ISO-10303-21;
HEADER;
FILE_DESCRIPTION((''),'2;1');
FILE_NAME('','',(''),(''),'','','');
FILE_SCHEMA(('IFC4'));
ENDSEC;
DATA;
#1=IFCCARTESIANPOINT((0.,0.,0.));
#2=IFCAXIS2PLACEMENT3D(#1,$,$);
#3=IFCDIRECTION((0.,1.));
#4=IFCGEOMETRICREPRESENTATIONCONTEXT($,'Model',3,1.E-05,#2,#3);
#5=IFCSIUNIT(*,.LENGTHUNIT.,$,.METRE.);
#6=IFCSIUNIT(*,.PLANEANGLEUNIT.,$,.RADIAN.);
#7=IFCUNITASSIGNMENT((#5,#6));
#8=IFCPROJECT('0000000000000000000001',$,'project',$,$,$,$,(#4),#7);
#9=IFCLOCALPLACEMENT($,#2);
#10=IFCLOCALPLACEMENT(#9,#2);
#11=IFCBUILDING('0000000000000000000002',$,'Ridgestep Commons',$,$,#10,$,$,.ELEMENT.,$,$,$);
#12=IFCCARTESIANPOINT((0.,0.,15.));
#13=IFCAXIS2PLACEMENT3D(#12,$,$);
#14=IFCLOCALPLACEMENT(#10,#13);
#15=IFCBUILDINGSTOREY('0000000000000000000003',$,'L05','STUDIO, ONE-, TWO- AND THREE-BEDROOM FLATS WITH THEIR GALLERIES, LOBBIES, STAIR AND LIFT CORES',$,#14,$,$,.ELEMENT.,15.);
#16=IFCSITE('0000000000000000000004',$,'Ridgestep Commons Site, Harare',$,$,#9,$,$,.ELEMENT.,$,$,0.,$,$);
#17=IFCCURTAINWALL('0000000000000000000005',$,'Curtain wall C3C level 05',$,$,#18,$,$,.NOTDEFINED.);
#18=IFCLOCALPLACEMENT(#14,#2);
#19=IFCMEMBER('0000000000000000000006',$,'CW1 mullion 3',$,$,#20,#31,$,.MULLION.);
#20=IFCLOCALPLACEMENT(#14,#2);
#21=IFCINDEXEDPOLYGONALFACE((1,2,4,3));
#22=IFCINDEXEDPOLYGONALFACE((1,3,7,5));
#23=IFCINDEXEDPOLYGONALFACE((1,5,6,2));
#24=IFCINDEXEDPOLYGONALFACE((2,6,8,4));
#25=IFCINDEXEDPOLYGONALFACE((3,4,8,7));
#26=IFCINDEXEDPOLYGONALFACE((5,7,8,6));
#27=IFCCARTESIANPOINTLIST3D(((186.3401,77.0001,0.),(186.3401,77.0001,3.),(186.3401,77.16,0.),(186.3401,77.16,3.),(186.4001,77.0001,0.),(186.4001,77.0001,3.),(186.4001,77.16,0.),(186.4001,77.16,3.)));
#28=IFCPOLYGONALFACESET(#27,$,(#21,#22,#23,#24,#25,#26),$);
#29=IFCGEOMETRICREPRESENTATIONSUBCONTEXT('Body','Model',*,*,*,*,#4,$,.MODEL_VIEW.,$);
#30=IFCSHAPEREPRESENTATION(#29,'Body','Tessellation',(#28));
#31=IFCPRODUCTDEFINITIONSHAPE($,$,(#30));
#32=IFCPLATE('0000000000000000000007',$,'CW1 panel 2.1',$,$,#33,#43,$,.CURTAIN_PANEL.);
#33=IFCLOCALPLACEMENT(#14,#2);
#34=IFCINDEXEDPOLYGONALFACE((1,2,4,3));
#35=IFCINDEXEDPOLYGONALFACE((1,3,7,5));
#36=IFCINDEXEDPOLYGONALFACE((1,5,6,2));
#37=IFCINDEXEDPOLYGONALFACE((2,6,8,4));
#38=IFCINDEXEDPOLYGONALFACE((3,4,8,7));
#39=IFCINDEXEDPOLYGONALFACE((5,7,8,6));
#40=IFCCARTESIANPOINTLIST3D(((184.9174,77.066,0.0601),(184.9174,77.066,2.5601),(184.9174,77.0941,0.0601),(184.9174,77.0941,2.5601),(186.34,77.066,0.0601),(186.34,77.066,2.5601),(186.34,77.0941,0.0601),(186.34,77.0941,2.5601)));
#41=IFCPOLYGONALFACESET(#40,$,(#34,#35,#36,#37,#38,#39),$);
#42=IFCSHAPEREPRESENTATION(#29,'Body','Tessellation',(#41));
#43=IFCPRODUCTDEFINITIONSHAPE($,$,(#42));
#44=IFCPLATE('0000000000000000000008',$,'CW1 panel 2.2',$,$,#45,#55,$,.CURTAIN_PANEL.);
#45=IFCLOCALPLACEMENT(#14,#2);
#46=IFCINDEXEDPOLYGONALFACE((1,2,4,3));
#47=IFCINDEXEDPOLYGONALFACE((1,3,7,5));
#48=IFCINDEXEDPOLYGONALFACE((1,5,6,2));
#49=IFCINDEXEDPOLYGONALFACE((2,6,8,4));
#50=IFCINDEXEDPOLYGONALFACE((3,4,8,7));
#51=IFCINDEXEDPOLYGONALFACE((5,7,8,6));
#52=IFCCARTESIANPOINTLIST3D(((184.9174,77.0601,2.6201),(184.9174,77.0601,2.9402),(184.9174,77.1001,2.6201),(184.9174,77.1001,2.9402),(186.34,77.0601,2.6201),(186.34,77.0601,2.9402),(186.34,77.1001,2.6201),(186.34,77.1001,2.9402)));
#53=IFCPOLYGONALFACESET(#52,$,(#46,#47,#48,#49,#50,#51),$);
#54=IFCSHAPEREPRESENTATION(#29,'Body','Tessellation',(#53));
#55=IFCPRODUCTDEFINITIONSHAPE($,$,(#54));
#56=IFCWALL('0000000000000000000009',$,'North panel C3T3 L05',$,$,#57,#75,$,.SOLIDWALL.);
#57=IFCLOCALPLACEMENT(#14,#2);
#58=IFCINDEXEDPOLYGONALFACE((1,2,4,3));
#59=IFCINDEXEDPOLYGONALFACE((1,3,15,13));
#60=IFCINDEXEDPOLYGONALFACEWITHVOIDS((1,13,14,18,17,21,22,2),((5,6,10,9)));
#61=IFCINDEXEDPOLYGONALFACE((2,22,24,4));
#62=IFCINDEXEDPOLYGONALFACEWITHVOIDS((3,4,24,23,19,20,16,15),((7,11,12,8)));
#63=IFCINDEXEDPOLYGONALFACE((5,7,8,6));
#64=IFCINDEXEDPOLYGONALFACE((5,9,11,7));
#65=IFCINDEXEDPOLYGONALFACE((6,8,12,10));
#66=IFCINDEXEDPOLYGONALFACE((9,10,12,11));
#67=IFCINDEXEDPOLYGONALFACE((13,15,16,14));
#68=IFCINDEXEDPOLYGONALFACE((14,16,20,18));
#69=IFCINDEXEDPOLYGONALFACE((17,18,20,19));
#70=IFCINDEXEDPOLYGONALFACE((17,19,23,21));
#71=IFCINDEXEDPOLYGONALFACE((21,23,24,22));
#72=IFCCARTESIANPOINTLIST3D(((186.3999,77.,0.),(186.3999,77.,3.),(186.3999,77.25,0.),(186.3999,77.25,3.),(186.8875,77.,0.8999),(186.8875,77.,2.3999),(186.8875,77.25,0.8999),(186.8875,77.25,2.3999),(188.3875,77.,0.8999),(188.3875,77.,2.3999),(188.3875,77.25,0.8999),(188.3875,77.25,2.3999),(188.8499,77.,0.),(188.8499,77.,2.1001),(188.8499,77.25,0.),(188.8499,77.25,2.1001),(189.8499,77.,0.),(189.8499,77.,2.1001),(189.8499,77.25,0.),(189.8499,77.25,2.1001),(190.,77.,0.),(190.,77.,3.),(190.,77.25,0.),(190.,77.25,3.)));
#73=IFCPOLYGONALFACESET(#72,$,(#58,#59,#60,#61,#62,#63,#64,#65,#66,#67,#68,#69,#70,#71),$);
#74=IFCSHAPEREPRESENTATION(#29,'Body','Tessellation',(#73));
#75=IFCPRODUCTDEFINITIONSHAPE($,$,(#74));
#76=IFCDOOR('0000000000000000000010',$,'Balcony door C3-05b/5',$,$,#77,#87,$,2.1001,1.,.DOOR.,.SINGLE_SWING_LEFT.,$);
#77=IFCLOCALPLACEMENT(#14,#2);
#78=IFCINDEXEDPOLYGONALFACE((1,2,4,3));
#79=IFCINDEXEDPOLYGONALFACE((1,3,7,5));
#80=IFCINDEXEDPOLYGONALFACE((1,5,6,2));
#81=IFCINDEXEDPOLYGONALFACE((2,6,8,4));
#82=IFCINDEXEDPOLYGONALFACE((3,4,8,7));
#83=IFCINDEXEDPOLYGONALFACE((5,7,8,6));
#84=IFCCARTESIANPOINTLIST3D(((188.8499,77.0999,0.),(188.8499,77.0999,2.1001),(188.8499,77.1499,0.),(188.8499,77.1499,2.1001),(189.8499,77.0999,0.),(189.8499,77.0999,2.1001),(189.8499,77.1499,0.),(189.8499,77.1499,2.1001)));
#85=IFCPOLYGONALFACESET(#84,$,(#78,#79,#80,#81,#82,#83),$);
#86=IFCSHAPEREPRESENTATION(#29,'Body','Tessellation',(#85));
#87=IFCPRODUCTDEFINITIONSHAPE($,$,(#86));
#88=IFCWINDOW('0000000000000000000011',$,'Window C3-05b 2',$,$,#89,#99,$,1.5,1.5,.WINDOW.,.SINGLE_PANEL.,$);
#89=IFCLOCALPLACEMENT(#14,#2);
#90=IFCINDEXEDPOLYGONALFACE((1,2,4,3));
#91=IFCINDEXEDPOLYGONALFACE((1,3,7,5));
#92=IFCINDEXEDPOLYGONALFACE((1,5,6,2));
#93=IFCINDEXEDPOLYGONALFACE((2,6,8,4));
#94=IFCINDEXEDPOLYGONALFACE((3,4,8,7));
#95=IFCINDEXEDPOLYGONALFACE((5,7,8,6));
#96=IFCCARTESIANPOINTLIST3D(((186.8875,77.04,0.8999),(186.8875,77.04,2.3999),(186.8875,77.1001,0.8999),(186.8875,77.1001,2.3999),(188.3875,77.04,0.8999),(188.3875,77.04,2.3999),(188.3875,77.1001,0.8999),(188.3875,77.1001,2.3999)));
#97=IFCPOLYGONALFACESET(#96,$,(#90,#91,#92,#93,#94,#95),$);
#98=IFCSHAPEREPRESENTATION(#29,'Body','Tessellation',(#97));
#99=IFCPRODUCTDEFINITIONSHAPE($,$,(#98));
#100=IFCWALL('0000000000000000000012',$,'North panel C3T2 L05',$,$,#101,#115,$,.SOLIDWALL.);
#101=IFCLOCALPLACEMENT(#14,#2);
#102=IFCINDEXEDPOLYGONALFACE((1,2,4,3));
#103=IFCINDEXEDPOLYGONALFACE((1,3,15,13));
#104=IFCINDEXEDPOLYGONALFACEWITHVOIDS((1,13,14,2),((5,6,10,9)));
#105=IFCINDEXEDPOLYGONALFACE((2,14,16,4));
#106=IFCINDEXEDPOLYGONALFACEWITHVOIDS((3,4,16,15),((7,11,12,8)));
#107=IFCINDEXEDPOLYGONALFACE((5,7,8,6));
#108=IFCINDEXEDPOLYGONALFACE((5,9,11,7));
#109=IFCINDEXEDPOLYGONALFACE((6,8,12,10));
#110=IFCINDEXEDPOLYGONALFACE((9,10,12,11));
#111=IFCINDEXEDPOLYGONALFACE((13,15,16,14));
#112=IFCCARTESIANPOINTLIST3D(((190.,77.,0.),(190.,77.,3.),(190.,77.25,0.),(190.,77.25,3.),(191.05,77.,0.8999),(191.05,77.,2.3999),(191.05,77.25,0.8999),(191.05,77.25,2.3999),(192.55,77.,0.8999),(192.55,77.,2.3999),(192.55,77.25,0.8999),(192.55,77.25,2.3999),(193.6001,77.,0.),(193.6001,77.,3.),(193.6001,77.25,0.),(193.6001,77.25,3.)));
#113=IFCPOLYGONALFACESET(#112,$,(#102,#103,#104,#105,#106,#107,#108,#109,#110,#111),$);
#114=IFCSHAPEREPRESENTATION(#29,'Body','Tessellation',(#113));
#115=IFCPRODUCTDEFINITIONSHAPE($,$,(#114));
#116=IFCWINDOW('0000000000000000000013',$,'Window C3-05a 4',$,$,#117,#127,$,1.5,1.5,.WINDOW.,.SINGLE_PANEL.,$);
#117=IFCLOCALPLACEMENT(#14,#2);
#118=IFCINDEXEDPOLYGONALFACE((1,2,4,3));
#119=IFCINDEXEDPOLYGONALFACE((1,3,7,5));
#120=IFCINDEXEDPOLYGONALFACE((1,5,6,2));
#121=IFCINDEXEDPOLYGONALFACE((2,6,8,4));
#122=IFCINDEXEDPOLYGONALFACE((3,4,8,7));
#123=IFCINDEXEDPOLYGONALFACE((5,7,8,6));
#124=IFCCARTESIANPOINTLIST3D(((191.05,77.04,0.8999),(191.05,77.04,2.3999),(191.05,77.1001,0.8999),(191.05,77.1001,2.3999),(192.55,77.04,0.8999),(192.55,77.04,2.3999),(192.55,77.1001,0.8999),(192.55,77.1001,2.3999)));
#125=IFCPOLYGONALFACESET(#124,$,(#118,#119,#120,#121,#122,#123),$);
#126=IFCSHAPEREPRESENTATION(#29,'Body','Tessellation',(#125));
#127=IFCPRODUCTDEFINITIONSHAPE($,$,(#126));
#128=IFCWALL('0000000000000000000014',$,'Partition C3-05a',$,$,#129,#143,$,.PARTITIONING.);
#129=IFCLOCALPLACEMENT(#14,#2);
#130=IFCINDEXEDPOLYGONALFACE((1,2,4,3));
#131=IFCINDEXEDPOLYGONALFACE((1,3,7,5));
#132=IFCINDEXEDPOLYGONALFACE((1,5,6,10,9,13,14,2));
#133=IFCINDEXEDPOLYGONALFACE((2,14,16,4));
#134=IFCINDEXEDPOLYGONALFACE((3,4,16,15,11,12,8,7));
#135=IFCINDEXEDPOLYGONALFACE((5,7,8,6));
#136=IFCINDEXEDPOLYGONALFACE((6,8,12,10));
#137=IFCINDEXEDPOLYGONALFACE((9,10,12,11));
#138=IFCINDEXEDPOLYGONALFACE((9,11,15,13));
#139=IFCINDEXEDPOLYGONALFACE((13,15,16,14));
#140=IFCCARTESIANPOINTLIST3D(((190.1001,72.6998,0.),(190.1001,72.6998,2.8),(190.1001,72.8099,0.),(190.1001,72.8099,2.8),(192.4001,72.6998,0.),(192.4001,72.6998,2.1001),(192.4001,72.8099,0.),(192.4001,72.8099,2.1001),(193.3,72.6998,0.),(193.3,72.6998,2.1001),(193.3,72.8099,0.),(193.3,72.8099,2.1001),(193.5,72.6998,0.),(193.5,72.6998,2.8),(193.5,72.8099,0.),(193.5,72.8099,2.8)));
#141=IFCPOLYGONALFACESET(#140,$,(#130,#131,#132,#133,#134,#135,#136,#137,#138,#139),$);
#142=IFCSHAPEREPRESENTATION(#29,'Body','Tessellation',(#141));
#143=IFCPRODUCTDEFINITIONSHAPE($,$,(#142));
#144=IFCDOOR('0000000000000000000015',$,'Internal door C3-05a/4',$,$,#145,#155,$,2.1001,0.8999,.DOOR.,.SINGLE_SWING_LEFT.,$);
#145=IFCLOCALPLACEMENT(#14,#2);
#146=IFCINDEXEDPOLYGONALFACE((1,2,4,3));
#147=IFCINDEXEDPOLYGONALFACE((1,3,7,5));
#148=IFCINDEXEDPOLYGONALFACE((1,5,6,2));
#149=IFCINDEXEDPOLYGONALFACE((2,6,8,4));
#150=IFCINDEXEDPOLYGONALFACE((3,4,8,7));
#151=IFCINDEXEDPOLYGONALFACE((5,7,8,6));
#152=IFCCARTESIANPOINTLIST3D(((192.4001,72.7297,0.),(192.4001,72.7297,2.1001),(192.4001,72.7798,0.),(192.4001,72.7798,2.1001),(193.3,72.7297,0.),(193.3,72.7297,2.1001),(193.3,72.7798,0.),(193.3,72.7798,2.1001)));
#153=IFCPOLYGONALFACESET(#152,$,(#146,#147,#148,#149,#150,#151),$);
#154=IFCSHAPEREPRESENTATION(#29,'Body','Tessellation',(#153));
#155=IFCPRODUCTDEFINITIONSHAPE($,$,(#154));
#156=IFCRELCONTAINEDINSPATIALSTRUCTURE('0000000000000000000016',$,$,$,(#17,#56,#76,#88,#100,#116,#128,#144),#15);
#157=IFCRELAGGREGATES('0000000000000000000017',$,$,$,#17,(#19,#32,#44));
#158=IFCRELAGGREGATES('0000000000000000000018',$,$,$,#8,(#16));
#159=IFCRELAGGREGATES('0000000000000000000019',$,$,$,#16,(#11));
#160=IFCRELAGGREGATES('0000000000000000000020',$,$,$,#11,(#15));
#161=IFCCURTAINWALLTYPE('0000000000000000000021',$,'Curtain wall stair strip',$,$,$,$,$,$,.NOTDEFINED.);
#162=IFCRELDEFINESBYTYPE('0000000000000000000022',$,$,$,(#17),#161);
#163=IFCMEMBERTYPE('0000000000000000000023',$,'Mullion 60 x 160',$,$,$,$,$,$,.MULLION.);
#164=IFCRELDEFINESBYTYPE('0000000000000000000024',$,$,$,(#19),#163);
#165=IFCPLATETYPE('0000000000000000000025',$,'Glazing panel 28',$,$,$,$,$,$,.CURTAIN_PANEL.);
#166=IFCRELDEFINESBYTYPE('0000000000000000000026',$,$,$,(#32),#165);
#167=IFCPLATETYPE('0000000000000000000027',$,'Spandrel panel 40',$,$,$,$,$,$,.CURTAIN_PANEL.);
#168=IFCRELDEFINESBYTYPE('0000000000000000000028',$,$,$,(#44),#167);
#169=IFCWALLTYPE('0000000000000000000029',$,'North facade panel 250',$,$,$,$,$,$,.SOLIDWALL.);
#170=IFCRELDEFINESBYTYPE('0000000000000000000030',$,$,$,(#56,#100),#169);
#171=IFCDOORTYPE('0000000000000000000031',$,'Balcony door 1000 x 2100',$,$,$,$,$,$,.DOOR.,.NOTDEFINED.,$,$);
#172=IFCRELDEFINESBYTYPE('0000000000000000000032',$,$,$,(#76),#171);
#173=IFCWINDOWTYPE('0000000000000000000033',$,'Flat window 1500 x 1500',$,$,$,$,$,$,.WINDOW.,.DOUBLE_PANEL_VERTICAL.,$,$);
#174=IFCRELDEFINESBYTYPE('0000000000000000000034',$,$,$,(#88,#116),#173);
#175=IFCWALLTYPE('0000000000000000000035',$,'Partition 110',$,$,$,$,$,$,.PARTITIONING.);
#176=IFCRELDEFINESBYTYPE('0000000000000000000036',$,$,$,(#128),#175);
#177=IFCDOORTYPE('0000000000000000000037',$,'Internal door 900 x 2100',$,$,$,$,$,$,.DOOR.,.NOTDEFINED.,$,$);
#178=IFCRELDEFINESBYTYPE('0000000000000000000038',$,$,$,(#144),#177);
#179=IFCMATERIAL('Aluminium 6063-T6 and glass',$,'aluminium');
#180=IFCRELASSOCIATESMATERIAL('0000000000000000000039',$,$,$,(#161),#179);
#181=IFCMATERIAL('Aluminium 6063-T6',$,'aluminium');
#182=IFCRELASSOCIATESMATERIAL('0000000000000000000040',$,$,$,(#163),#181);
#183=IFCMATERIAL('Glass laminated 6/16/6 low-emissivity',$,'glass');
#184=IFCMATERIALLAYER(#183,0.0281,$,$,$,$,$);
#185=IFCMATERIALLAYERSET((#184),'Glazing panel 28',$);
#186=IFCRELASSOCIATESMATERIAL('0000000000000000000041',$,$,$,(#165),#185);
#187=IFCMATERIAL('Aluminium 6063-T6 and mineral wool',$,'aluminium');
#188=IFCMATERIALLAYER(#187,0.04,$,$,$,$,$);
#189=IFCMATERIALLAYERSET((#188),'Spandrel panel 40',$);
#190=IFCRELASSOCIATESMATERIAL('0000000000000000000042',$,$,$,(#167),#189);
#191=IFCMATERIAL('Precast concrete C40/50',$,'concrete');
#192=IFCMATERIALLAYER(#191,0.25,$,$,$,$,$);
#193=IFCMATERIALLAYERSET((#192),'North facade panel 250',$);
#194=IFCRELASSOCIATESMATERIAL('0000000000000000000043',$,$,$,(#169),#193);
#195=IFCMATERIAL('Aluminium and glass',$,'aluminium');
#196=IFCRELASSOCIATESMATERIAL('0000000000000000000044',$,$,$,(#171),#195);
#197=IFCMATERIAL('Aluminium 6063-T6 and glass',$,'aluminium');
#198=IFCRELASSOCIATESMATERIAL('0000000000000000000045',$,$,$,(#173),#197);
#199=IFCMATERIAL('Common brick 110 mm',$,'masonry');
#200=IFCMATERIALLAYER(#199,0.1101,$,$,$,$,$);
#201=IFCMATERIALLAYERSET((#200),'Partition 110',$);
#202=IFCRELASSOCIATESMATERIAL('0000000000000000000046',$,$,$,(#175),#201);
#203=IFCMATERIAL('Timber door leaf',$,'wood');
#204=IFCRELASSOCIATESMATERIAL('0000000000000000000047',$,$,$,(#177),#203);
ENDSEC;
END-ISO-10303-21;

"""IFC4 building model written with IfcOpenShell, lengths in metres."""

from ifc_helpers import new_model, si_unit, direction, frame, frame_2d, origin, origin_2d, place, context, subcontext, project, spatial, rectangle, extrude, material, layer, layer_set, material_profile, profile_set, type_object, element, fill, aggregate, save


model = new_model("IFC4")

# Units and contexts
model_context = context("Model", 3, precision=1e-05, world=origin(), true_north=direction((0.0, 1.0)))
body_context = subcontext(model_context, "Body", "Model", "MODEL_VIEW")
ifc_project = project(units=[si_unit("LENGTHUNIT", "METRE"), si_unit("PLANEANGLEUNIT", "RADIAN")], contexts=[model_context])

# Site, building, storey
site_placement = place(None, origin())
site = spatial("IfcSite", under=ifc_project, at=site_placement, Name="Ridgestep Commons Site, Harare", CompositionType="ELEMENT", RefElevation=0.0)
building_placement = place(site_placement, origin())
building = spatial("IfcBuilding", under=site, at=building_placement, Name="Ridgestep Commons", CompositionType="ELEMENT")
storey_placement = place(building_placement, frame((0.0, 0.0, 15.0)))
storey = spatial("IfcBuildingStorey", under=building, at=storey_placement, Name="L05", Description="STUDIO, ONE-, TWO- AND THREE-BEDROOM FLATS WITH THEIR GALLERIES, LOBBIES, STAIR AND LIFT CORES", CompositionType="ELEMENT", Elevation=15.0)

# Curtain wall, member, plates
ifc_material_1 = material(Name="Aluminium 6063-T6 and glass", Category="aluminium")
curtain_wall_type = type_object("IfcCurtainWallType", Name="Curtain wall stair strip", PredefinedType="NOTDEFINED", material=ifc_material_1)
curtain_wall_placement = place(storey_placement, origin())
curtain_wall = element("IfcCurtainWall", 1, at=curtain_wall_placement, inside=storey, type_object=curtain_wall_type, Name="Curtain wall C3C level 05", PredefinedType="NOTDEFINED")
ifc_material_2 = material(Name="Aluminium 6063-T6", Category="aluminium")
ifc_material_profile = material_profile(ifc_material_2, rectangle(XDim=0.1599, YDim=0.0601, at=origin_2d()), Name="Mullion 60 x 160")
ifc_profile_set = profile_set([ifc_material_profile], Name="Aluminium 6063-T6")
member_type = type_object("IfcMemberType", Name="Mullion 60 x 160", PredefinedType="MULLION", material=ifc_profile_set)
member_placement = place(storey_placement, frame((186.3701, 77.0801, 0.0), z_axis=(0.0, 0.0, 1.0), x_axis=(0.0, 1.0, 0.0)))
member = element("IfcMember", 2, at=member_placement, type_object=member_type, Name="CW1 mullion 3", PredefinedType="MULLION", context=body_context, shape_type="SweptSolid", body=[
    extrude(rectangle(XDim=0.1599, YDim=0.0601, at=origin_2d()), origin(), (0.0, 0.0, 1.0), 3.0),
])
ifc_material_3 = material(Name="Glass laminated 6/16/6 low-emissivity", Category="glass")
ifc_layer_1 = layer(ifc_material_3, 0.0281)
ifc_layer_set_1 = layer_set([ifc_layer_1], Name="Glazing panel 28")
plate_type_1 = type_object("IfcPlateType", Name="Glazing panel 28", PredefinedType="CURTAIN_PANEL", material=ifc_layer_set_1)
plate_1_placement = place(storey_placement, frame((185.6287, 77.0801, 0.0601), z_axis=(0.0, 0.0, 1.0), x_axis=(1.0, 0.0, 0.0)))
plate_1 = element("IfcPlate", 3, at=plate_1_placement, type_object=plate_type_1, Name="CW1 panel 2.1", PredefinedType="CURTAIN_PANEL", context=body_context, shape_type="SweptSolid", body=[
    extrude(rectangle(XDim=1.4226, YDim=0.0281, at=origin_2d()), origin(), (0.0, 0.0, 1.0), 2.5),
])
ifc_material_4 = material(Name="Aluminium 6063-T6 and mineral wool", Category="aluminium")
ifc_layer_2 = layer(ifc_material_4, 0.04)
ifc_layer_set_2 = layer_set([ifc_layer_2], Name="Spandrel panel 40")
plate_type_2 = type_object("IfcPlateType", Name="Spandrel panel 40", PredefinedType="CURTAIN_PANEL", material=ifc_layer_set_2)
plate_2_placement = place(storey_placement, frame((185.6287, 77.0801, 2.6201), z_axis=(0.0, 0.0, 1.0), x_axis=(1.0, 0.0, 0.0)))
plate_2 = element("IfcPlate", 4, at=plate_2_placement, type_object=plate_type_2, Name="CW1 panel 2.2", PredefinedType="CURTAIN_PANEL", context=body_context, shape_type="SweptSolid", body=[
    extrude(rectangle(XDim=1.4226, YDim=0.04, at=origin_2d()), origin(), (0.0, 0.0, 1.0), 0.3201),
])
aggregate(curtain_wall, [member, plate_1, plate_2])

# Wall, openings, door, window
ifc_material_5 = material(Name="Precast concrete C40/50", Category="concrete")
ifc_layer_3 = layer(ifc_material_5, 0.25)
ifc_layer_set_3 = layer_set([ifc_layer_3], Name="North facade panel 250")
wall_type_1 = type_object("IfcWallType", Name="North facade panel 250", PredefinedType="SOLIDWALL", material=ifc_layer_set_3)
wall_1_placement = place(storey_placement, frame((186.3999, 77.125, 0.0), z_axis=(0.0, 0.0, 1.0), x_axis=(1.0, 0.0, 0.0)))
wall_1 = element("IfcWall", 5, at=wall_1_placement, inside=storey, type_object=wall_type_1, Name="North panel C3T3 L05", PredefinedType="SOLIDWALL", context=body_context, shape_type="SweptSolid", body=[
    extrude(rectangle(XDim=3.6001, YDim=0.25, at=frame_2d((1.8, 0.0))), origin(), (0.0, 0.0, 1.0), 3.0),
])
opening_1_placement = place(wall_1_placement, frame((0.4875, 0.0, 0.8999)))
opening_1 = element("IfcOpeningElement", 6, at=opening_1_placement, cuts=wall_1, PredefinedType="OPENING", context=body_context, shape_type="SweptSolid", body=[
    extrude(rectangle(XDim=1.5, YDim=1.5, at=frame_2d((0.75, 0.75))), frame((0.0, 0.135, 0.0), z_axis=(0.0, -1.0, 0.0), x_axis=(1.0, 0.0, 0.0)), (0.0, 0.0, 1.0), 0.27),
])
opening_2_placement = place(wall_1_placement, frame((2.45, 0.0, 0.0)))
opening_2 = element("IfcOpeningElement", 7, at=opening_2_placement, cuts=wall_1, PredefinedType="OPENING", context=body_context, shape_type="SweptSolid", body=[
    extrude(rectangle(XDim=1.0, YDim=2.1001, at=frame_2d((0.5, 1.05))), frame((0.0, 0.135, 0.0), z_axis=(0.0, -1.0, 0.0), x_axis=(1.0, 0.0, 0.0)), (0.0, 0.0, 1.0), 0.27),
])
ifc_material_6 = material(Name="Aluminium and glass", Category="aluminium")
door_type_1 = type_object("IfcDoorType", Name="Balcony door 1000 x 2100", OperationType="NOTDEFINED", PredefinedType="DOOR", material=ifc_material_6)
door_1_placement = place(opening_2_placement, origin())
door_1 = element("IfcDoor", 8, at=door_1_placement, inside=storey, type_object=door_type_1, Name="Balcony door C3-05b/5", OperationType="SINGLE_SWING_LEFT", OverallHeight=2.1001, OverallWidth=1.0, PredefinedType="DOOR", context=body_context, shape_type="SweptSolid", body=[
    extrude(rectangle(XDim=1.0, YDim=2.1001, at=frame_2d((0.5, 1.05))), frame((0.0, 0.0249, 0.0), z_axis=(0.0, -1.0, 0.0), x_axis=(1.0, 0.0, 0.0)), (0.0, 0.0, 1.0), 0.05),
])
fill(opening_2, door_1)
ifc_material_7 = material(Name="Aluminium 6063-T6 and glass", Category="aluminium")
window_type = type_object("IfcWindowType", Name="Flat window 1500 x 1500", PartitioningType="DOUBLE_PANEL_VERTICAL", PredefinedType="WINDOW", material=ifc_material_7)
window_1_placement = place(opening_1_placement, origin())
window_1 = element("IfcWindow", 9, at=window_1_placement, inside=storey, type_object=window_type, Name="Window C3-05b 2", OverallHeight=1.5, OverallWidth=1.5, PartitioningType="SINGLE_PANEL", PredefinedType="WINDOW", context=body_context, shape_type="SweptSolid", body=[
    extrude(rectangle(XDim=1.5, YDim=1.5, at=frame_2d((0.75, 0.75))), frame((0.0, -0.0249, 0.0), z_axis=(0.0, -1.0, 0.0), x_axis=(1.0, 0.0, 0.0)), (0.0, 0.0, 1.0), 0.0601),
])
fill(opening_1, window_1)

# Wall, opening, window
wall_2_placement = place(storey_placement, frame((190.0, 77.125, 0.0), z_axis=(0.0, 0.0, 1.0), x_axis=(1.0, 0.0, 0.0)))
wall_2 = element("IfcWall", 10, at=wall_2_placement, inside=storey, type_object=wall_type_1, Name="North panel C3T2 L05", PredefinedType="SOLIDWALL", context=body_context, shape_type="SweptSolid", body=[
    extrude(rectangle(XDim=3.6001, YDim=0.25, at=frame_2d((1.8, 0.0))), origin(), (0.0, 0.0, 1.0), 3.0),
])
opening_3_placement = place(wall_2_placement, frame((1.05, 0.0, 0.8999)))
opening_3 = element("IfcOpeningElement", 11, at=opening_3_placement, cuts=wall_2, PredefinedType="OPENING", context=body_context, shape_type="SweptSolid", body=[
    extrude(rectangle(XDim=1.5, YDim=1.5, at=frame_2d((0.75, 0.75))), frame((0.0, 0.135, 0.0), z_axis=(0.0, -1.0, 0.0), x_axis=(1.0, 0.0, 0.0)), (0.0, 0.0, 1.0), 0.27),
])
window_2_placement = place(opening_3_placement, origin())
window_2 = element("IfcWindow", 12, at=window_2_placement, inside=storey, type_object=window_type, Name="Window C3-05a 4", OverallHeight=1.5, OverallWidth=1.5, PartitioningType="SINGLE_PANEL", PredefinedType="WINDOW", context=body_context, shape_type="SweptSolid", body=[
    extrude(rectangle(XDim=1.5, YDim=1.5, at=frame_2d((0.75, 0.75))), frame((0.0, -0.0249, 0.0), z_axis=(0.0, -1.0, 0.0), x_axis=(1.0, 0.0, 0.0)), (0.0, 0.0, 1.0), 0.0601),
])
fill(opening_3, window_2)

# Wall, opening, door
ifc_material_8 = material(Name="Common brick 110 mm", Category="masonry")
ifc_layer_4 = layer(ifc_material_8, 0.1101)
ifc_layer_set_4 = layer_set([ifc_layer_4], Name="Partition 110")
wall_type_2 = type_object("IfcWallType", Name="Partition 110", PredefinedType="PARTITIONING", material=ifc_layer_set_4)
wall_3_placement = place(storey_placement, frame((190.1001, 72.7549, 0.0), z_axis=(0.0, 0.0, 1.0), x_axis=(1.0, 0.0, 0.0)))
wall_3 = element("IfcWall", 13, at=wall_3_placement, inside=storey, type_object=wall_type_2, Name="Partition C3-05a", PredefinedType="PARTITIONING", context=body_context, shape_type="SweptSolid", body=[
    extrude(rectangle(XDim=3.3999, YDim=0.1101, at=frame_2d((1.7, 0.0))), origin(), (0.0, 0.0, 1.0), 2.8),
])
opening_4_placement = place(wall_3_placement, frame((2.3, 0.0, 0.0)))
opening_4 = element("IfcOpeningElement", 14, at=opening_4_placement, cuts=wall_3, PredefinedType="OPENING", context=body_context, shape_type="SweptSolid", body=[
    extrude(rectangle(XDim=0.8999, YDim=2.1001, at=frame_2d((0.45, 1.05))), frame((0.0, 0.0649, 0.0), z_axis=(0.0, -1.0, 0.0), x_axis=(1.0, 0.0, 0.0)), (0.0, 0.0, 1.0), 0.1301),
])
ifc_material_9 = material(Name="Timber door leaf", Category="wood")
door_type_2 = type_object("IfcDoorType", Name="Internal door 900 x 2100", OperationType="NOTDEFINED", PredefinedType="DOOR", material=ifc_material_9)
door_2_placement = place(opening_4_placement, origin())
door_2 = element("IfcDoor", 15, at=door_2_placement, inside=storey, type_object=door_type_2, Name="Internal door C3-05a/4", OperationType="SINGLE_SWING_LEFT", OverallHeight=2.1001, OverallWidth=0.8999, PredefinedType="DOOR", context=body_context, shape_type="SweptSolid", body=[
    extrude(rectangle(XDim=0.8999, YDim=2.1001, at=frame_2d((0.45, 1.05))), frame((0.0, 0.0249, 0.0), z_axis=(0.0, -1.0, 0.0), x_axis=(1.0, 0.0, 0.0)), (0.0, 0.0, 1.0), 0.05),
])
fill(opening_4, door_2)

save(model, "model.ifc")
